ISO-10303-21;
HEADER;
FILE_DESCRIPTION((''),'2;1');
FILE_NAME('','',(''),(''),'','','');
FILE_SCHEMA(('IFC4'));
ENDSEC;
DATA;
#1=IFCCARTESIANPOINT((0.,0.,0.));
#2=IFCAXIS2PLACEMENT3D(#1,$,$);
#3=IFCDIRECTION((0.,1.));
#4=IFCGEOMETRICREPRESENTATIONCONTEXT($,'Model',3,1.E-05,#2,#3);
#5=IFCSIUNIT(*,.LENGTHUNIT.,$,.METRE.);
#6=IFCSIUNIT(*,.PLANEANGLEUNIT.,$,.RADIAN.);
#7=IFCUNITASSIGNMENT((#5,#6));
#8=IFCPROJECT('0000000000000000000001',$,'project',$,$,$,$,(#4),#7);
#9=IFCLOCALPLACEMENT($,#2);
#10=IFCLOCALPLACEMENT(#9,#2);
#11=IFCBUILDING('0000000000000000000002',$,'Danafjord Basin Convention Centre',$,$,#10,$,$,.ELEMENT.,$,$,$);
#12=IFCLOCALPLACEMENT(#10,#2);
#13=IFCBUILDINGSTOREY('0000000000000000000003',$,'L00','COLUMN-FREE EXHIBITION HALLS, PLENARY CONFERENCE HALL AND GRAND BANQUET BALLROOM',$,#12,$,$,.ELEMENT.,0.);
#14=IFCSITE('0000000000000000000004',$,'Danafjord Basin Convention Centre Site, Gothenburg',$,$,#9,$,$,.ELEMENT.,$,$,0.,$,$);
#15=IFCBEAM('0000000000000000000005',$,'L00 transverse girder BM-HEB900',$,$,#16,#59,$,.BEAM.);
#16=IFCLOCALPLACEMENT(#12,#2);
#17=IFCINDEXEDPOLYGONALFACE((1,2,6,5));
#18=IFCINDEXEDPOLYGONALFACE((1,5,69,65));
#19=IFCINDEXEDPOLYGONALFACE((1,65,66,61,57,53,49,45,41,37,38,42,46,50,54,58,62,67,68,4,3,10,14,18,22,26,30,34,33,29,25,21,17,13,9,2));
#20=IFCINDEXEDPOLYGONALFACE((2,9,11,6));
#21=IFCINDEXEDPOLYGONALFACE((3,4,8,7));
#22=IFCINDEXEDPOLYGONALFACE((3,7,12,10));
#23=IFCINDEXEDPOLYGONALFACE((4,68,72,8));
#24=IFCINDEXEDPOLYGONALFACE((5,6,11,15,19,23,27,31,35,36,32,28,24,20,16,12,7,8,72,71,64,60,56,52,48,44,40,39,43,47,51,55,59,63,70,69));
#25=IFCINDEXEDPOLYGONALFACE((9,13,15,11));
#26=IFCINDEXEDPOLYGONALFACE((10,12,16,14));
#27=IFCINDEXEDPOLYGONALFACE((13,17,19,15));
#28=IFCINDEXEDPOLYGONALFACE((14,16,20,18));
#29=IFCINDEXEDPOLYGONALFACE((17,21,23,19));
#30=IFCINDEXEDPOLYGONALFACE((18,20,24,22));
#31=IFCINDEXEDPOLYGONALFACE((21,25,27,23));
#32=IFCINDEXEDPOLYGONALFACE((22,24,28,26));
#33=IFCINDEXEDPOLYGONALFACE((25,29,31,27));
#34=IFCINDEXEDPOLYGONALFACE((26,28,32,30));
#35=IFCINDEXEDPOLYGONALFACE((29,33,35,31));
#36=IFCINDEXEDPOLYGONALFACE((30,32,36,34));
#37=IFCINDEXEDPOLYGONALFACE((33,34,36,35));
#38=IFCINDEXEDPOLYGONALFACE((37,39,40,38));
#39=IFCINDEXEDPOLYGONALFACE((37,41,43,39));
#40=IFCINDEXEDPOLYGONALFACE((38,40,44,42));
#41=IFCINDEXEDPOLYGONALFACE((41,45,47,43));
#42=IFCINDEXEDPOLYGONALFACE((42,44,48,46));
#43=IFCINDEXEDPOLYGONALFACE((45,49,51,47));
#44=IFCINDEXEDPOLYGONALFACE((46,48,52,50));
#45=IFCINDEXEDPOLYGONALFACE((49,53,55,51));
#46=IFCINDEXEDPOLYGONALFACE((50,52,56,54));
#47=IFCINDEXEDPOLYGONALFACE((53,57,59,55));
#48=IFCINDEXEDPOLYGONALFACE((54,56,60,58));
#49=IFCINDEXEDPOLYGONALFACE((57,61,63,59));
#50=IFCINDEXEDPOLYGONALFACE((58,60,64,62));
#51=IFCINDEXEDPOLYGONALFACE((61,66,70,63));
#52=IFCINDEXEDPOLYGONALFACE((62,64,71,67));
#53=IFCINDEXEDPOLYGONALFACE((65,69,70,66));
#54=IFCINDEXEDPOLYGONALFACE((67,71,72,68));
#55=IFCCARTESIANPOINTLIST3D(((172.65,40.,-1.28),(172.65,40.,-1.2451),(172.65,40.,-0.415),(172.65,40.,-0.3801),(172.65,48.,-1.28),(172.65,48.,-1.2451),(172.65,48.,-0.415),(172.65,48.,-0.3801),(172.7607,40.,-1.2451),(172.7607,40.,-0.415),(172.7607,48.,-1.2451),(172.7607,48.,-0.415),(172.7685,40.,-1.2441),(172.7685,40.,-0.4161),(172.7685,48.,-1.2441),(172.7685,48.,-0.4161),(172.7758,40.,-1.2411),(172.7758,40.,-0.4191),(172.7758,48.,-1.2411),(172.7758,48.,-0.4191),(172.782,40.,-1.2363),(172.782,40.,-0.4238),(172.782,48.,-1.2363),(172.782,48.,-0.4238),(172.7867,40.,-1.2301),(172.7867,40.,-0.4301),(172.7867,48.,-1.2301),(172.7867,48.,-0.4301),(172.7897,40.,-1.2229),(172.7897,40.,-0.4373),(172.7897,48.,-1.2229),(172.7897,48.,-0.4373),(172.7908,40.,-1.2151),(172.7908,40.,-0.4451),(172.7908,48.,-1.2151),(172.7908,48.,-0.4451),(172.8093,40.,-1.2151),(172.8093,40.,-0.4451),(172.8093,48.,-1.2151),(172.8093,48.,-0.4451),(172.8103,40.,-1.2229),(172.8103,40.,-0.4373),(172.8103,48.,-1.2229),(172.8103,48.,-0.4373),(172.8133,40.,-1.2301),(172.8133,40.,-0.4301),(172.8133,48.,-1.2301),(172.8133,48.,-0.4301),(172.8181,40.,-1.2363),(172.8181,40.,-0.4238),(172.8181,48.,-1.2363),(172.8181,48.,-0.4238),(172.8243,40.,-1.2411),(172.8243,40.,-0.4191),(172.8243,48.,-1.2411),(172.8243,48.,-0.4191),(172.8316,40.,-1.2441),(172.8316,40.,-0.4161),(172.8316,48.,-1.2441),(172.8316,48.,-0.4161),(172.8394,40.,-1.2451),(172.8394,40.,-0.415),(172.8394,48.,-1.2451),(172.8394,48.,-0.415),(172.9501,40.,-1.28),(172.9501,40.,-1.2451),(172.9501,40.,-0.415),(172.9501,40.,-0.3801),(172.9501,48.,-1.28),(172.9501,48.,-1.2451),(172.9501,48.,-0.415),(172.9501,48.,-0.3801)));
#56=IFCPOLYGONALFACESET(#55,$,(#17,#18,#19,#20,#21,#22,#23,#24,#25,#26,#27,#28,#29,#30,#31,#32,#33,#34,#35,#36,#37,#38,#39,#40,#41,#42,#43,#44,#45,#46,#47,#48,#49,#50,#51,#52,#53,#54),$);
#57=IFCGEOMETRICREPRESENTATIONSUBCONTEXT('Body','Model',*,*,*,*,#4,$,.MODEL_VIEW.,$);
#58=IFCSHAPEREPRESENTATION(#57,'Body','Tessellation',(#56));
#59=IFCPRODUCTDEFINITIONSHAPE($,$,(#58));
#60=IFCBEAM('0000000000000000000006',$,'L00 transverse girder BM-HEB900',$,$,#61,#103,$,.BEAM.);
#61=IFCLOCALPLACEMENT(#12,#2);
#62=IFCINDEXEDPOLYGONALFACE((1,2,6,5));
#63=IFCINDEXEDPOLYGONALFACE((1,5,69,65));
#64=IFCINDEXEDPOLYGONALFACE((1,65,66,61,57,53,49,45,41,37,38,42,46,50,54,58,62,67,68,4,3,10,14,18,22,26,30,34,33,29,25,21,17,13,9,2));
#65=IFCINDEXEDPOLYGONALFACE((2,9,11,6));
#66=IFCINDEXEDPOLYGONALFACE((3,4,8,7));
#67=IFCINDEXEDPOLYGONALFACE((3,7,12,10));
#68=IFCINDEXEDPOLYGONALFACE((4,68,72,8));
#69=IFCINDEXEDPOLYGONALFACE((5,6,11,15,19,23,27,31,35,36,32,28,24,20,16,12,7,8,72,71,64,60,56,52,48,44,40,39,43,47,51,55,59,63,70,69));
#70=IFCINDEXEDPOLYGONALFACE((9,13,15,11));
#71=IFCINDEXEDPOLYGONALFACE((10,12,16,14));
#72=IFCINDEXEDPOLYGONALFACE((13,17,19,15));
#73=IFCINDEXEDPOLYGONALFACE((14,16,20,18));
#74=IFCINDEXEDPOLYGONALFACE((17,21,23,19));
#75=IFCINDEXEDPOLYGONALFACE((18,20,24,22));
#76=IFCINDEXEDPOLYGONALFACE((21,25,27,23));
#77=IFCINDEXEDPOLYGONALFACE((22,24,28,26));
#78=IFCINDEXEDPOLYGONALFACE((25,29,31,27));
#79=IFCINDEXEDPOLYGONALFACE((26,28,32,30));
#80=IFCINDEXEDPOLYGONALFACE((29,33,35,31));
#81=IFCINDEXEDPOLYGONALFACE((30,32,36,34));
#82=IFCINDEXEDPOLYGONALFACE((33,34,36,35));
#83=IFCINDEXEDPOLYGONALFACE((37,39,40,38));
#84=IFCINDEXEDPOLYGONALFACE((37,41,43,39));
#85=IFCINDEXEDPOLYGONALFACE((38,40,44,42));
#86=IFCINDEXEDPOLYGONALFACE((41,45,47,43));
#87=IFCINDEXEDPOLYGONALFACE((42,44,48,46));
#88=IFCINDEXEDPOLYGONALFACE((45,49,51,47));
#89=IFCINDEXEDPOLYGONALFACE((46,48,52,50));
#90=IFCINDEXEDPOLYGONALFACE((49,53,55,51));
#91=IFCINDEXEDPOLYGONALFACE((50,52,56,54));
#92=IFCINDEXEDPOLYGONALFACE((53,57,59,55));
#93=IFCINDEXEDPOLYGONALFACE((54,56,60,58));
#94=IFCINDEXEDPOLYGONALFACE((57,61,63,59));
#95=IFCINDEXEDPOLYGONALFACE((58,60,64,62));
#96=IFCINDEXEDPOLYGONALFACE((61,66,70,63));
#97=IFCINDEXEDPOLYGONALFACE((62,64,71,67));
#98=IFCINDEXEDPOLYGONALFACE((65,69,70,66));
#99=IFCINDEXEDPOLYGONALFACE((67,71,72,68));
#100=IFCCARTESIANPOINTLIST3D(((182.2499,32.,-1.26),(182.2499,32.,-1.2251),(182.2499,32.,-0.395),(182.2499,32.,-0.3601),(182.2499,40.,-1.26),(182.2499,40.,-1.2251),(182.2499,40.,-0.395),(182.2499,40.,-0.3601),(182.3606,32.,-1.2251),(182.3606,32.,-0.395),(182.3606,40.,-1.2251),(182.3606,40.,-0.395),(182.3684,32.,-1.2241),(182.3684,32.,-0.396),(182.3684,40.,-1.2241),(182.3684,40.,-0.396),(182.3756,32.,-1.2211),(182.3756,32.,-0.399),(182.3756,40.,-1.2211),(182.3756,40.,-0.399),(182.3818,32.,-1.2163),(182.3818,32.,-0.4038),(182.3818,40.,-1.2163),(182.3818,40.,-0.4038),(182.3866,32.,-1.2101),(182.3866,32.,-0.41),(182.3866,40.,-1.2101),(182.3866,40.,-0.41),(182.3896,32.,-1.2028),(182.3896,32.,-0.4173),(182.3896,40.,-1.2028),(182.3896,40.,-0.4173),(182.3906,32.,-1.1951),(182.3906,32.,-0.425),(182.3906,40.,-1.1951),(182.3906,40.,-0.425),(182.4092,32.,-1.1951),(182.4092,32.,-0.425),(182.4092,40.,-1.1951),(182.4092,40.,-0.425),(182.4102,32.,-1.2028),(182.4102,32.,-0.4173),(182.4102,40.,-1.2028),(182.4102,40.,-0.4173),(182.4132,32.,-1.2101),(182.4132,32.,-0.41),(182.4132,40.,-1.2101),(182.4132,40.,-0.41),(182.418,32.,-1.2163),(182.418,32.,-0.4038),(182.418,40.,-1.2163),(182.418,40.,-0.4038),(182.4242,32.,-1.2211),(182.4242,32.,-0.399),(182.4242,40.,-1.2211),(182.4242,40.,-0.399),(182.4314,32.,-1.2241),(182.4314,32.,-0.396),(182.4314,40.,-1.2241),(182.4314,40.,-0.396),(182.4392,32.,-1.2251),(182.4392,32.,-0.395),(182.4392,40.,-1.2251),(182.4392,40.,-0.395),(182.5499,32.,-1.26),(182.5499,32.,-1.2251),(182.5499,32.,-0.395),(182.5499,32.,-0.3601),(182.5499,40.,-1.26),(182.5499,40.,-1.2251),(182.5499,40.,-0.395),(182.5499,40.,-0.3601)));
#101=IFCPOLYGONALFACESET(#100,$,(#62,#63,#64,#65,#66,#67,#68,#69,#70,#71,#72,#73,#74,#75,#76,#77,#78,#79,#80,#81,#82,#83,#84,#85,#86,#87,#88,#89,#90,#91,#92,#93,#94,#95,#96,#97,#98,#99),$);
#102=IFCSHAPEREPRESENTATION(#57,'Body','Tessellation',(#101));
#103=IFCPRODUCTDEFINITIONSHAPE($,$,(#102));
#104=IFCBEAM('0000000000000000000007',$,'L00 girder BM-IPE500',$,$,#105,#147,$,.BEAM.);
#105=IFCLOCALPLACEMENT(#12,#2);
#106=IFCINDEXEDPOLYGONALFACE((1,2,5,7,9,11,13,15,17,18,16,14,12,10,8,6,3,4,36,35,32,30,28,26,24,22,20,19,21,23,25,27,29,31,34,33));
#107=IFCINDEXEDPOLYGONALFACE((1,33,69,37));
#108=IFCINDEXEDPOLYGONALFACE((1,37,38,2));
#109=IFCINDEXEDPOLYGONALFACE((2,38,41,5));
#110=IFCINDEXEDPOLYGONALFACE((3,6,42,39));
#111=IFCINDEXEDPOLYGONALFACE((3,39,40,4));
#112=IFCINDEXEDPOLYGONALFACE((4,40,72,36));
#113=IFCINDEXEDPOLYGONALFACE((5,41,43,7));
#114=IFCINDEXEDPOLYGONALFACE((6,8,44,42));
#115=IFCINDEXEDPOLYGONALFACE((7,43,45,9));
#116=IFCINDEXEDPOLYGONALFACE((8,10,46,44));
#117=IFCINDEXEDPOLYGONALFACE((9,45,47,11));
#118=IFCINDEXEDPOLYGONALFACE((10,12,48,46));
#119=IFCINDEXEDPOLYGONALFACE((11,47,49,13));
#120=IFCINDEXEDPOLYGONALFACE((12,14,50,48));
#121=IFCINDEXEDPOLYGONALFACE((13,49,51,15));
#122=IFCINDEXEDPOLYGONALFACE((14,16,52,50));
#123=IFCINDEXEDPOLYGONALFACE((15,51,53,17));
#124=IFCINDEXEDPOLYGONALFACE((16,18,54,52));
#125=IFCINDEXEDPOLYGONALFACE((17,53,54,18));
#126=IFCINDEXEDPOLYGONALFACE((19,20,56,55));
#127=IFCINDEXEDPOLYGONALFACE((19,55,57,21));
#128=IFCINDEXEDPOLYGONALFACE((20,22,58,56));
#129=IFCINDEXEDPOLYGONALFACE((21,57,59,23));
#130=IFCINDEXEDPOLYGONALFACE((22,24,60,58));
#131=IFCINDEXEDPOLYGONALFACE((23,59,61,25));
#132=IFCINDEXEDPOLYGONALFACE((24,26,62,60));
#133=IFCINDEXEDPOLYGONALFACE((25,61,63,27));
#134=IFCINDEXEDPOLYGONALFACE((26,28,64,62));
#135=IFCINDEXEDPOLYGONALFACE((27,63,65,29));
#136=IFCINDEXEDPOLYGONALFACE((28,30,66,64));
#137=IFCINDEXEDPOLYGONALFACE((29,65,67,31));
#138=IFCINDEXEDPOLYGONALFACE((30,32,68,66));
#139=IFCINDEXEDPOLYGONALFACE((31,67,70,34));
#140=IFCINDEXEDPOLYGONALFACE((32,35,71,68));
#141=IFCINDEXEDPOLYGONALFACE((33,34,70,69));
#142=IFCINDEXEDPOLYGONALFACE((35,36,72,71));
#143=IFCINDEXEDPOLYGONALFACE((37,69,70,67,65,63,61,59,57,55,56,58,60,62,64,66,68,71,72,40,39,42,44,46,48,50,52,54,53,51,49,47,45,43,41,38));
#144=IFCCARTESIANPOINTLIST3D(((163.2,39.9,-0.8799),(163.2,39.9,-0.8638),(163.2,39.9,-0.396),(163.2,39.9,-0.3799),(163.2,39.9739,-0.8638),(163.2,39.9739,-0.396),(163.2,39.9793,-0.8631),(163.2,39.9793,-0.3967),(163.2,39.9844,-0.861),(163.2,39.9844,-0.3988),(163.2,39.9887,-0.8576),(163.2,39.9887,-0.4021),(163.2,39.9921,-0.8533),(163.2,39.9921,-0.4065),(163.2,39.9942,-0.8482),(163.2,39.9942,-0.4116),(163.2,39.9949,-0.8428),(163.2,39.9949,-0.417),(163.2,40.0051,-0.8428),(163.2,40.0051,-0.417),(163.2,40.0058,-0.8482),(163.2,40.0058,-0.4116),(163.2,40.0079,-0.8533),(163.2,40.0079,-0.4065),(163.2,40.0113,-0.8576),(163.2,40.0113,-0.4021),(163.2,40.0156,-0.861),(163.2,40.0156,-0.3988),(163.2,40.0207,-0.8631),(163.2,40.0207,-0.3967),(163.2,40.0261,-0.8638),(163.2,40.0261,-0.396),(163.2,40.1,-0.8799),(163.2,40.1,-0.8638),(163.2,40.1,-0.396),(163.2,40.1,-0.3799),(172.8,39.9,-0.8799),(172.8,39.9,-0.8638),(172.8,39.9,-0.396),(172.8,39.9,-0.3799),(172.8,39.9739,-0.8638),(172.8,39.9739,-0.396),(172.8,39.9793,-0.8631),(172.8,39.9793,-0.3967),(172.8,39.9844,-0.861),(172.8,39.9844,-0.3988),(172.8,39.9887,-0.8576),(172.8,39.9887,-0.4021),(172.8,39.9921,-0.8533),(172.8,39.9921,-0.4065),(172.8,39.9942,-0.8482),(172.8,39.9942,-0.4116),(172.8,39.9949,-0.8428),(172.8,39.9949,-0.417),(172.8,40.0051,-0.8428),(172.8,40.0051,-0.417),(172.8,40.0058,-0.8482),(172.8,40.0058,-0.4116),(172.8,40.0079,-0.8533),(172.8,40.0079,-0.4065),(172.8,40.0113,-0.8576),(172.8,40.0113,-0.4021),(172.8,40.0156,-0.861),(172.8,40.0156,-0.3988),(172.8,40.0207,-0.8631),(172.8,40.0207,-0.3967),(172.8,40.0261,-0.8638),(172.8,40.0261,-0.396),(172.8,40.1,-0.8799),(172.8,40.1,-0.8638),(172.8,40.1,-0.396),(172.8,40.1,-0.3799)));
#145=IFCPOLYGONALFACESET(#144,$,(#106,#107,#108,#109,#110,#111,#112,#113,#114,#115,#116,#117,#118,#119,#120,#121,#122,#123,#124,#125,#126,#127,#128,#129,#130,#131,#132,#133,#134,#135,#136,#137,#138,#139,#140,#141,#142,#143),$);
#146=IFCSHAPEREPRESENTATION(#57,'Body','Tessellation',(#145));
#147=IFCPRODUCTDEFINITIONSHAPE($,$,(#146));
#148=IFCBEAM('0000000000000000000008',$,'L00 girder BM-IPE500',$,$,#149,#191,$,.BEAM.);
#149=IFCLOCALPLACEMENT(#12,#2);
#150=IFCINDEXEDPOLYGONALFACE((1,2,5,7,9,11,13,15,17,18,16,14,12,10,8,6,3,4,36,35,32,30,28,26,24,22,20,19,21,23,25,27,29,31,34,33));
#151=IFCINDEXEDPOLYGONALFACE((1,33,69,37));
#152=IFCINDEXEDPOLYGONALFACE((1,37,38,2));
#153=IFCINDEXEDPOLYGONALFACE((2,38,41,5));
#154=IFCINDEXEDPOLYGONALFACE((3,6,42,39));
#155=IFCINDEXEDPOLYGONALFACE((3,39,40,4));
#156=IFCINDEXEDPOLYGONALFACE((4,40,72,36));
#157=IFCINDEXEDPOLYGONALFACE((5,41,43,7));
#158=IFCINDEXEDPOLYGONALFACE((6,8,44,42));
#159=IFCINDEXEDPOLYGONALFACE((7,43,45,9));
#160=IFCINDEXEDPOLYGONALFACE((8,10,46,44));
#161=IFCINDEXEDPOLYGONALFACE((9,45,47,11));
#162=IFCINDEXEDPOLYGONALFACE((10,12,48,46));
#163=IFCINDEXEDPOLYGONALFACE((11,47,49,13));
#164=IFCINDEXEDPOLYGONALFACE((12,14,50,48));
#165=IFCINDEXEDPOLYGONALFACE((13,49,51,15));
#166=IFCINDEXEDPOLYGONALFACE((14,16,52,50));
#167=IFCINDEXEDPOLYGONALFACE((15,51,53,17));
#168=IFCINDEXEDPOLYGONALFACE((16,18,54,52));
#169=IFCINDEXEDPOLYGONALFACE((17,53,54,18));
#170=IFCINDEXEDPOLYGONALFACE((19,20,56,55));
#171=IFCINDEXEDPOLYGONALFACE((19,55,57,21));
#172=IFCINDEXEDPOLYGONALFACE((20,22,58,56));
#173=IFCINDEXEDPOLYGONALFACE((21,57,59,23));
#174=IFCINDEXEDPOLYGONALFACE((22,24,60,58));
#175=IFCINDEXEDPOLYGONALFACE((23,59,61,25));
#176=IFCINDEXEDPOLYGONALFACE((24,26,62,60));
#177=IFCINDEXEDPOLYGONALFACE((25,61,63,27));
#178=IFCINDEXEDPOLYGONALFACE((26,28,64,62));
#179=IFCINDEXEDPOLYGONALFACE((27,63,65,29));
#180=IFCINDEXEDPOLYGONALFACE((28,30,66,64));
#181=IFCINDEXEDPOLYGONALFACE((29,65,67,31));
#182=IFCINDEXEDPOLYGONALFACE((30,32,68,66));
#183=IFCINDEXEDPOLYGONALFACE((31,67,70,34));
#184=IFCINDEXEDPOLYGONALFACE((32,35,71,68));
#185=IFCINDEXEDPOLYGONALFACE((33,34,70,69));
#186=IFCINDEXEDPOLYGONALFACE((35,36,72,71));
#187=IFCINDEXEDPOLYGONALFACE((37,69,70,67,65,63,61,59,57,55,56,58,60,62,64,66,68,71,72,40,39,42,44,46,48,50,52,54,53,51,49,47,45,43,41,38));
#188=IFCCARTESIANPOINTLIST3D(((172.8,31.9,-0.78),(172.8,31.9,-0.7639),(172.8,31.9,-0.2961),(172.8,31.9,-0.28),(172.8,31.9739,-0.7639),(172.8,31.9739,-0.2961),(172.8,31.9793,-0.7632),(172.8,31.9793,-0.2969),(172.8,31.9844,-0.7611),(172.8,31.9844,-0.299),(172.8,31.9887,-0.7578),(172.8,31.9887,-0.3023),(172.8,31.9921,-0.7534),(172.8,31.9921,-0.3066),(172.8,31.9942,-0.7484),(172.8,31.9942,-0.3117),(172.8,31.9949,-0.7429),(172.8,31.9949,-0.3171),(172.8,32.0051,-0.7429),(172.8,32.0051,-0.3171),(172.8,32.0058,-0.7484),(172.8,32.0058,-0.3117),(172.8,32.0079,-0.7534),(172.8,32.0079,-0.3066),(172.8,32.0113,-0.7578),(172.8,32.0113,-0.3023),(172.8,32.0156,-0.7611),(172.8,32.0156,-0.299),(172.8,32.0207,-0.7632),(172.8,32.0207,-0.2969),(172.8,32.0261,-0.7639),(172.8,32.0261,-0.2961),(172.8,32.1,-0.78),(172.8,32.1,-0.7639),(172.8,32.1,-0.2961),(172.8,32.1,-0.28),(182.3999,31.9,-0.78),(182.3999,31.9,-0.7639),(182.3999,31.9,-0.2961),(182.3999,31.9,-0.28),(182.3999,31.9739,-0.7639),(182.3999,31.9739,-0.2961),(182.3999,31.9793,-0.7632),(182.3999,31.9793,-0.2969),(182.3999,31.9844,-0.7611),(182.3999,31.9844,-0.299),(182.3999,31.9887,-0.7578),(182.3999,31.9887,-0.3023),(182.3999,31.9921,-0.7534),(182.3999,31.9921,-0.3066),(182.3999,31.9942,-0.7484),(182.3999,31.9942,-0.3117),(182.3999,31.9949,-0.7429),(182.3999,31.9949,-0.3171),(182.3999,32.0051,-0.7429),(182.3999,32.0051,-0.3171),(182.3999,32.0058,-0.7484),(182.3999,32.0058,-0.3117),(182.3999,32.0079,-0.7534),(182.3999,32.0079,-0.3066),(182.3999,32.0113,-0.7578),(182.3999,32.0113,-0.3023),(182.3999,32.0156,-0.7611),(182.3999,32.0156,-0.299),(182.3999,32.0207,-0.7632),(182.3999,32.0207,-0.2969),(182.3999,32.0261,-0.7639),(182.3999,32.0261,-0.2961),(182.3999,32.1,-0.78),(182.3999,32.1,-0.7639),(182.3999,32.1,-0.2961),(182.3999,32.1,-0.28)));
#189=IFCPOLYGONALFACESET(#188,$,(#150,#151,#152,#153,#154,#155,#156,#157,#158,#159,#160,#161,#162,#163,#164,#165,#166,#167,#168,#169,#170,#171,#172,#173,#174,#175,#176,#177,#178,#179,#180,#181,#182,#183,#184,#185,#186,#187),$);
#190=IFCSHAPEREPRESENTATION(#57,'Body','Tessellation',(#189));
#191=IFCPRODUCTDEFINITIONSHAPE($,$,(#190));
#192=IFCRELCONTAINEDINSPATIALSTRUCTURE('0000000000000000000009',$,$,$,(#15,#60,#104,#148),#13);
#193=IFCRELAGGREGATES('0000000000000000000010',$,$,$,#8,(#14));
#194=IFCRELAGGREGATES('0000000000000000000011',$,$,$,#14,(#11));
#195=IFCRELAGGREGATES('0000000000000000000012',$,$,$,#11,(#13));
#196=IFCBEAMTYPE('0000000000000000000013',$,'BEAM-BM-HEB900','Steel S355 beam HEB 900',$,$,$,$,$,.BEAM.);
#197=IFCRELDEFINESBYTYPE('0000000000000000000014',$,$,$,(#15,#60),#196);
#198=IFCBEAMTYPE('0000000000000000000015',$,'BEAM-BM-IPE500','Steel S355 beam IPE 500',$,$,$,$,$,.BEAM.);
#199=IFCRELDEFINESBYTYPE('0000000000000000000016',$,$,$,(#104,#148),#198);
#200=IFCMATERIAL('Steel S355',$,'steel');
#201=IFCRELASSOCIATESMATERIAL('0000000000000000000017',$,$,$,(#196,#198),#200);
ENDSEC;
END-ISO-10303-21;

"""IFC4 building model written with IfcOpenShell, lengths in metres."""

from ifc_helpers import new_model, si_unit, direction, frame, origin, origin_2d, place, context, subcontext, project, spatial, i_section, extrude, material, material_profile, profile_set, type_object, element, save


model = new_model("IFC4")

# Units and contexts
model_context = context("Model", 3, precision=1e-05, world=origin(), true_north=direction((0.0, 1.0)))
body_context = subcontext(model_context, "Body", "Model", "MODEL_VIEW")
ifc_project = project(units=[si_unit("LENGTHUNIT", "METRE"), si_unit("PLANEANGLEUNIT", "RADIAN")], contexts=[model_context])

# Site, building, storey
site_placement = place(None, origin())
site = spatial("IfcSite", under=ifc_project, at=site_placement, Name="Danafjord Basin Convention Centre Site, Gothenburg", CompositionType="ELEMENT", RefElevation=0.0)
building_placement = place(site_placement, origin())
building = spatial("IfcBuilding", under=site, at=building_placement, Name="Danafjord Basin Convention Centre", CompositionType="ELEMENT")
storey_placement = place(building_placement, origin())
storey = spatial("IfcBuildingStorey", under=building, at=storey_placement, Name="L00", Description="COLUMN-FREE EXHIBITION HALLS, PLENARY CONFERENCE HALL AND GRAND BANQUET BALLROOM", CompositionType="ELEMENT", Elevation=0.0)

# Shared definitions
ifc_material_1 = material(Name="Steel S355", Category="steel")

# Beams
ifc_material_profile_1 = material_profile(ifc_material_1, i_section(OverallWidth=0.3, OverallDepth=0.8999, WebThickness=0.0186, FlangeThickness=0.0349, FilletRadius=0.03, at=origin_2d()), Name="HEB 900")
ifc_profile_set_1 = profile_set([ifc_material_profile_1], Name="Steel S355")
beam_type_1 = type_object("IfcBeamType", Name="BEAM-BM-HEB900", Description="Steel S355 beam HEB 900", PredefinedType="BEAM", material=ifc_profile_set_1)
for number, where, z_axis, x_axis, name in (
    (1, (172.8, 40.0, -0.8301), (0.0, 1.0, 0.0), (-1.0, 0.0, 0.0), "L00 transverse girder BM-HEB900"),
    (2, (182.3999, 32.0, -0.8101), (0.0, 1.0, 0.0), (-1.0, 0.0, 0.0), "L00 transverse girder BM-HEB900"),
):
    element("IfcBeam", number, at=place(storey_placement, frame(where, z_axis=z_axis, x_axis=x_axis)), inside=storey, type_object=beam_type_1, Name=name, PredefinedType="BEAM", context=body_context, shape_type="SweptSolid", body=[
        extrude(i_section(OverallWidth=0.3, OverallDepth=0.8999, WebThickness=0.0186, FlangeThickness=0.0349, FilletRadius=0.03, at=origin_2d()), origin(), (0.0, 0.0, 1.0), 8.0),
    ])
ifc_material_profile_2 = material_profile(ifc_material_1, i_section(OverallWidth=0.2, OverallDepth=0.5, WebThickness=0.0103, FlangeThickness=0.0161, FilletRadius=0.021, at=origin_2d()), Name="IPE 500")
ifc_profile_set_2 = profile_set([ifc_material_profile_2], Name="Steel S355")
beam_type_2 = type_object("IfcBeamType", Name="BEAM-BM-IPE500", Description="Steel S355 beam IPE 500", PredefinedType="BEAM", material=ifc_profile_set_2)
beam_1_placement = place(storey_placement, frame((163.2, 40.0, -0.6299), z_axis=(1.0, 0.0, 0.0), x_axis=(0.0, 1.0, 0.0)))
element("IfcBeam", 3, at=beam_1_placement, inside=storey, type_object=beam_type_2, Name="L00 girder BM-IPE500", PredefinedType="BEAM", context=body_context, shape_type="SweptSolid", body=[
    extrude(i_section(OverallWidth=0.2, OverallDepth=0.5, WebThickness=0.0103, FlangeThickness=0.0161, FilletRadius=0.021, at=origin_2d()), origin(), (0.0, 0.0, 1.0), 9.6001),
])
beam_2_placement = place(storey_placement, frame((172.8, 32.0, -0.53), z_axis=(1.0, 0.0, 0.0), x_axis=(0.0, 1.0, 0.0)))
element("IfcBeam", 4, at=beam_2_placement, inside=storey, type_object=beam_type_2, Name="L00 girder BM-IPE500", PredefinedType="BEAM", context=body_context, shape_type="SweptSolid", body=[
    extrude(i_section(OverallWidth=0.2, OverallDepth=0.5, WebThickness=0.0103, FlangeThickness=0.0161, FilletRadius=0.021, at=origin_2d()), origin(), (0.0, 0.0, 1.0), 9.5999),
])

save(model, "model.ifc")
